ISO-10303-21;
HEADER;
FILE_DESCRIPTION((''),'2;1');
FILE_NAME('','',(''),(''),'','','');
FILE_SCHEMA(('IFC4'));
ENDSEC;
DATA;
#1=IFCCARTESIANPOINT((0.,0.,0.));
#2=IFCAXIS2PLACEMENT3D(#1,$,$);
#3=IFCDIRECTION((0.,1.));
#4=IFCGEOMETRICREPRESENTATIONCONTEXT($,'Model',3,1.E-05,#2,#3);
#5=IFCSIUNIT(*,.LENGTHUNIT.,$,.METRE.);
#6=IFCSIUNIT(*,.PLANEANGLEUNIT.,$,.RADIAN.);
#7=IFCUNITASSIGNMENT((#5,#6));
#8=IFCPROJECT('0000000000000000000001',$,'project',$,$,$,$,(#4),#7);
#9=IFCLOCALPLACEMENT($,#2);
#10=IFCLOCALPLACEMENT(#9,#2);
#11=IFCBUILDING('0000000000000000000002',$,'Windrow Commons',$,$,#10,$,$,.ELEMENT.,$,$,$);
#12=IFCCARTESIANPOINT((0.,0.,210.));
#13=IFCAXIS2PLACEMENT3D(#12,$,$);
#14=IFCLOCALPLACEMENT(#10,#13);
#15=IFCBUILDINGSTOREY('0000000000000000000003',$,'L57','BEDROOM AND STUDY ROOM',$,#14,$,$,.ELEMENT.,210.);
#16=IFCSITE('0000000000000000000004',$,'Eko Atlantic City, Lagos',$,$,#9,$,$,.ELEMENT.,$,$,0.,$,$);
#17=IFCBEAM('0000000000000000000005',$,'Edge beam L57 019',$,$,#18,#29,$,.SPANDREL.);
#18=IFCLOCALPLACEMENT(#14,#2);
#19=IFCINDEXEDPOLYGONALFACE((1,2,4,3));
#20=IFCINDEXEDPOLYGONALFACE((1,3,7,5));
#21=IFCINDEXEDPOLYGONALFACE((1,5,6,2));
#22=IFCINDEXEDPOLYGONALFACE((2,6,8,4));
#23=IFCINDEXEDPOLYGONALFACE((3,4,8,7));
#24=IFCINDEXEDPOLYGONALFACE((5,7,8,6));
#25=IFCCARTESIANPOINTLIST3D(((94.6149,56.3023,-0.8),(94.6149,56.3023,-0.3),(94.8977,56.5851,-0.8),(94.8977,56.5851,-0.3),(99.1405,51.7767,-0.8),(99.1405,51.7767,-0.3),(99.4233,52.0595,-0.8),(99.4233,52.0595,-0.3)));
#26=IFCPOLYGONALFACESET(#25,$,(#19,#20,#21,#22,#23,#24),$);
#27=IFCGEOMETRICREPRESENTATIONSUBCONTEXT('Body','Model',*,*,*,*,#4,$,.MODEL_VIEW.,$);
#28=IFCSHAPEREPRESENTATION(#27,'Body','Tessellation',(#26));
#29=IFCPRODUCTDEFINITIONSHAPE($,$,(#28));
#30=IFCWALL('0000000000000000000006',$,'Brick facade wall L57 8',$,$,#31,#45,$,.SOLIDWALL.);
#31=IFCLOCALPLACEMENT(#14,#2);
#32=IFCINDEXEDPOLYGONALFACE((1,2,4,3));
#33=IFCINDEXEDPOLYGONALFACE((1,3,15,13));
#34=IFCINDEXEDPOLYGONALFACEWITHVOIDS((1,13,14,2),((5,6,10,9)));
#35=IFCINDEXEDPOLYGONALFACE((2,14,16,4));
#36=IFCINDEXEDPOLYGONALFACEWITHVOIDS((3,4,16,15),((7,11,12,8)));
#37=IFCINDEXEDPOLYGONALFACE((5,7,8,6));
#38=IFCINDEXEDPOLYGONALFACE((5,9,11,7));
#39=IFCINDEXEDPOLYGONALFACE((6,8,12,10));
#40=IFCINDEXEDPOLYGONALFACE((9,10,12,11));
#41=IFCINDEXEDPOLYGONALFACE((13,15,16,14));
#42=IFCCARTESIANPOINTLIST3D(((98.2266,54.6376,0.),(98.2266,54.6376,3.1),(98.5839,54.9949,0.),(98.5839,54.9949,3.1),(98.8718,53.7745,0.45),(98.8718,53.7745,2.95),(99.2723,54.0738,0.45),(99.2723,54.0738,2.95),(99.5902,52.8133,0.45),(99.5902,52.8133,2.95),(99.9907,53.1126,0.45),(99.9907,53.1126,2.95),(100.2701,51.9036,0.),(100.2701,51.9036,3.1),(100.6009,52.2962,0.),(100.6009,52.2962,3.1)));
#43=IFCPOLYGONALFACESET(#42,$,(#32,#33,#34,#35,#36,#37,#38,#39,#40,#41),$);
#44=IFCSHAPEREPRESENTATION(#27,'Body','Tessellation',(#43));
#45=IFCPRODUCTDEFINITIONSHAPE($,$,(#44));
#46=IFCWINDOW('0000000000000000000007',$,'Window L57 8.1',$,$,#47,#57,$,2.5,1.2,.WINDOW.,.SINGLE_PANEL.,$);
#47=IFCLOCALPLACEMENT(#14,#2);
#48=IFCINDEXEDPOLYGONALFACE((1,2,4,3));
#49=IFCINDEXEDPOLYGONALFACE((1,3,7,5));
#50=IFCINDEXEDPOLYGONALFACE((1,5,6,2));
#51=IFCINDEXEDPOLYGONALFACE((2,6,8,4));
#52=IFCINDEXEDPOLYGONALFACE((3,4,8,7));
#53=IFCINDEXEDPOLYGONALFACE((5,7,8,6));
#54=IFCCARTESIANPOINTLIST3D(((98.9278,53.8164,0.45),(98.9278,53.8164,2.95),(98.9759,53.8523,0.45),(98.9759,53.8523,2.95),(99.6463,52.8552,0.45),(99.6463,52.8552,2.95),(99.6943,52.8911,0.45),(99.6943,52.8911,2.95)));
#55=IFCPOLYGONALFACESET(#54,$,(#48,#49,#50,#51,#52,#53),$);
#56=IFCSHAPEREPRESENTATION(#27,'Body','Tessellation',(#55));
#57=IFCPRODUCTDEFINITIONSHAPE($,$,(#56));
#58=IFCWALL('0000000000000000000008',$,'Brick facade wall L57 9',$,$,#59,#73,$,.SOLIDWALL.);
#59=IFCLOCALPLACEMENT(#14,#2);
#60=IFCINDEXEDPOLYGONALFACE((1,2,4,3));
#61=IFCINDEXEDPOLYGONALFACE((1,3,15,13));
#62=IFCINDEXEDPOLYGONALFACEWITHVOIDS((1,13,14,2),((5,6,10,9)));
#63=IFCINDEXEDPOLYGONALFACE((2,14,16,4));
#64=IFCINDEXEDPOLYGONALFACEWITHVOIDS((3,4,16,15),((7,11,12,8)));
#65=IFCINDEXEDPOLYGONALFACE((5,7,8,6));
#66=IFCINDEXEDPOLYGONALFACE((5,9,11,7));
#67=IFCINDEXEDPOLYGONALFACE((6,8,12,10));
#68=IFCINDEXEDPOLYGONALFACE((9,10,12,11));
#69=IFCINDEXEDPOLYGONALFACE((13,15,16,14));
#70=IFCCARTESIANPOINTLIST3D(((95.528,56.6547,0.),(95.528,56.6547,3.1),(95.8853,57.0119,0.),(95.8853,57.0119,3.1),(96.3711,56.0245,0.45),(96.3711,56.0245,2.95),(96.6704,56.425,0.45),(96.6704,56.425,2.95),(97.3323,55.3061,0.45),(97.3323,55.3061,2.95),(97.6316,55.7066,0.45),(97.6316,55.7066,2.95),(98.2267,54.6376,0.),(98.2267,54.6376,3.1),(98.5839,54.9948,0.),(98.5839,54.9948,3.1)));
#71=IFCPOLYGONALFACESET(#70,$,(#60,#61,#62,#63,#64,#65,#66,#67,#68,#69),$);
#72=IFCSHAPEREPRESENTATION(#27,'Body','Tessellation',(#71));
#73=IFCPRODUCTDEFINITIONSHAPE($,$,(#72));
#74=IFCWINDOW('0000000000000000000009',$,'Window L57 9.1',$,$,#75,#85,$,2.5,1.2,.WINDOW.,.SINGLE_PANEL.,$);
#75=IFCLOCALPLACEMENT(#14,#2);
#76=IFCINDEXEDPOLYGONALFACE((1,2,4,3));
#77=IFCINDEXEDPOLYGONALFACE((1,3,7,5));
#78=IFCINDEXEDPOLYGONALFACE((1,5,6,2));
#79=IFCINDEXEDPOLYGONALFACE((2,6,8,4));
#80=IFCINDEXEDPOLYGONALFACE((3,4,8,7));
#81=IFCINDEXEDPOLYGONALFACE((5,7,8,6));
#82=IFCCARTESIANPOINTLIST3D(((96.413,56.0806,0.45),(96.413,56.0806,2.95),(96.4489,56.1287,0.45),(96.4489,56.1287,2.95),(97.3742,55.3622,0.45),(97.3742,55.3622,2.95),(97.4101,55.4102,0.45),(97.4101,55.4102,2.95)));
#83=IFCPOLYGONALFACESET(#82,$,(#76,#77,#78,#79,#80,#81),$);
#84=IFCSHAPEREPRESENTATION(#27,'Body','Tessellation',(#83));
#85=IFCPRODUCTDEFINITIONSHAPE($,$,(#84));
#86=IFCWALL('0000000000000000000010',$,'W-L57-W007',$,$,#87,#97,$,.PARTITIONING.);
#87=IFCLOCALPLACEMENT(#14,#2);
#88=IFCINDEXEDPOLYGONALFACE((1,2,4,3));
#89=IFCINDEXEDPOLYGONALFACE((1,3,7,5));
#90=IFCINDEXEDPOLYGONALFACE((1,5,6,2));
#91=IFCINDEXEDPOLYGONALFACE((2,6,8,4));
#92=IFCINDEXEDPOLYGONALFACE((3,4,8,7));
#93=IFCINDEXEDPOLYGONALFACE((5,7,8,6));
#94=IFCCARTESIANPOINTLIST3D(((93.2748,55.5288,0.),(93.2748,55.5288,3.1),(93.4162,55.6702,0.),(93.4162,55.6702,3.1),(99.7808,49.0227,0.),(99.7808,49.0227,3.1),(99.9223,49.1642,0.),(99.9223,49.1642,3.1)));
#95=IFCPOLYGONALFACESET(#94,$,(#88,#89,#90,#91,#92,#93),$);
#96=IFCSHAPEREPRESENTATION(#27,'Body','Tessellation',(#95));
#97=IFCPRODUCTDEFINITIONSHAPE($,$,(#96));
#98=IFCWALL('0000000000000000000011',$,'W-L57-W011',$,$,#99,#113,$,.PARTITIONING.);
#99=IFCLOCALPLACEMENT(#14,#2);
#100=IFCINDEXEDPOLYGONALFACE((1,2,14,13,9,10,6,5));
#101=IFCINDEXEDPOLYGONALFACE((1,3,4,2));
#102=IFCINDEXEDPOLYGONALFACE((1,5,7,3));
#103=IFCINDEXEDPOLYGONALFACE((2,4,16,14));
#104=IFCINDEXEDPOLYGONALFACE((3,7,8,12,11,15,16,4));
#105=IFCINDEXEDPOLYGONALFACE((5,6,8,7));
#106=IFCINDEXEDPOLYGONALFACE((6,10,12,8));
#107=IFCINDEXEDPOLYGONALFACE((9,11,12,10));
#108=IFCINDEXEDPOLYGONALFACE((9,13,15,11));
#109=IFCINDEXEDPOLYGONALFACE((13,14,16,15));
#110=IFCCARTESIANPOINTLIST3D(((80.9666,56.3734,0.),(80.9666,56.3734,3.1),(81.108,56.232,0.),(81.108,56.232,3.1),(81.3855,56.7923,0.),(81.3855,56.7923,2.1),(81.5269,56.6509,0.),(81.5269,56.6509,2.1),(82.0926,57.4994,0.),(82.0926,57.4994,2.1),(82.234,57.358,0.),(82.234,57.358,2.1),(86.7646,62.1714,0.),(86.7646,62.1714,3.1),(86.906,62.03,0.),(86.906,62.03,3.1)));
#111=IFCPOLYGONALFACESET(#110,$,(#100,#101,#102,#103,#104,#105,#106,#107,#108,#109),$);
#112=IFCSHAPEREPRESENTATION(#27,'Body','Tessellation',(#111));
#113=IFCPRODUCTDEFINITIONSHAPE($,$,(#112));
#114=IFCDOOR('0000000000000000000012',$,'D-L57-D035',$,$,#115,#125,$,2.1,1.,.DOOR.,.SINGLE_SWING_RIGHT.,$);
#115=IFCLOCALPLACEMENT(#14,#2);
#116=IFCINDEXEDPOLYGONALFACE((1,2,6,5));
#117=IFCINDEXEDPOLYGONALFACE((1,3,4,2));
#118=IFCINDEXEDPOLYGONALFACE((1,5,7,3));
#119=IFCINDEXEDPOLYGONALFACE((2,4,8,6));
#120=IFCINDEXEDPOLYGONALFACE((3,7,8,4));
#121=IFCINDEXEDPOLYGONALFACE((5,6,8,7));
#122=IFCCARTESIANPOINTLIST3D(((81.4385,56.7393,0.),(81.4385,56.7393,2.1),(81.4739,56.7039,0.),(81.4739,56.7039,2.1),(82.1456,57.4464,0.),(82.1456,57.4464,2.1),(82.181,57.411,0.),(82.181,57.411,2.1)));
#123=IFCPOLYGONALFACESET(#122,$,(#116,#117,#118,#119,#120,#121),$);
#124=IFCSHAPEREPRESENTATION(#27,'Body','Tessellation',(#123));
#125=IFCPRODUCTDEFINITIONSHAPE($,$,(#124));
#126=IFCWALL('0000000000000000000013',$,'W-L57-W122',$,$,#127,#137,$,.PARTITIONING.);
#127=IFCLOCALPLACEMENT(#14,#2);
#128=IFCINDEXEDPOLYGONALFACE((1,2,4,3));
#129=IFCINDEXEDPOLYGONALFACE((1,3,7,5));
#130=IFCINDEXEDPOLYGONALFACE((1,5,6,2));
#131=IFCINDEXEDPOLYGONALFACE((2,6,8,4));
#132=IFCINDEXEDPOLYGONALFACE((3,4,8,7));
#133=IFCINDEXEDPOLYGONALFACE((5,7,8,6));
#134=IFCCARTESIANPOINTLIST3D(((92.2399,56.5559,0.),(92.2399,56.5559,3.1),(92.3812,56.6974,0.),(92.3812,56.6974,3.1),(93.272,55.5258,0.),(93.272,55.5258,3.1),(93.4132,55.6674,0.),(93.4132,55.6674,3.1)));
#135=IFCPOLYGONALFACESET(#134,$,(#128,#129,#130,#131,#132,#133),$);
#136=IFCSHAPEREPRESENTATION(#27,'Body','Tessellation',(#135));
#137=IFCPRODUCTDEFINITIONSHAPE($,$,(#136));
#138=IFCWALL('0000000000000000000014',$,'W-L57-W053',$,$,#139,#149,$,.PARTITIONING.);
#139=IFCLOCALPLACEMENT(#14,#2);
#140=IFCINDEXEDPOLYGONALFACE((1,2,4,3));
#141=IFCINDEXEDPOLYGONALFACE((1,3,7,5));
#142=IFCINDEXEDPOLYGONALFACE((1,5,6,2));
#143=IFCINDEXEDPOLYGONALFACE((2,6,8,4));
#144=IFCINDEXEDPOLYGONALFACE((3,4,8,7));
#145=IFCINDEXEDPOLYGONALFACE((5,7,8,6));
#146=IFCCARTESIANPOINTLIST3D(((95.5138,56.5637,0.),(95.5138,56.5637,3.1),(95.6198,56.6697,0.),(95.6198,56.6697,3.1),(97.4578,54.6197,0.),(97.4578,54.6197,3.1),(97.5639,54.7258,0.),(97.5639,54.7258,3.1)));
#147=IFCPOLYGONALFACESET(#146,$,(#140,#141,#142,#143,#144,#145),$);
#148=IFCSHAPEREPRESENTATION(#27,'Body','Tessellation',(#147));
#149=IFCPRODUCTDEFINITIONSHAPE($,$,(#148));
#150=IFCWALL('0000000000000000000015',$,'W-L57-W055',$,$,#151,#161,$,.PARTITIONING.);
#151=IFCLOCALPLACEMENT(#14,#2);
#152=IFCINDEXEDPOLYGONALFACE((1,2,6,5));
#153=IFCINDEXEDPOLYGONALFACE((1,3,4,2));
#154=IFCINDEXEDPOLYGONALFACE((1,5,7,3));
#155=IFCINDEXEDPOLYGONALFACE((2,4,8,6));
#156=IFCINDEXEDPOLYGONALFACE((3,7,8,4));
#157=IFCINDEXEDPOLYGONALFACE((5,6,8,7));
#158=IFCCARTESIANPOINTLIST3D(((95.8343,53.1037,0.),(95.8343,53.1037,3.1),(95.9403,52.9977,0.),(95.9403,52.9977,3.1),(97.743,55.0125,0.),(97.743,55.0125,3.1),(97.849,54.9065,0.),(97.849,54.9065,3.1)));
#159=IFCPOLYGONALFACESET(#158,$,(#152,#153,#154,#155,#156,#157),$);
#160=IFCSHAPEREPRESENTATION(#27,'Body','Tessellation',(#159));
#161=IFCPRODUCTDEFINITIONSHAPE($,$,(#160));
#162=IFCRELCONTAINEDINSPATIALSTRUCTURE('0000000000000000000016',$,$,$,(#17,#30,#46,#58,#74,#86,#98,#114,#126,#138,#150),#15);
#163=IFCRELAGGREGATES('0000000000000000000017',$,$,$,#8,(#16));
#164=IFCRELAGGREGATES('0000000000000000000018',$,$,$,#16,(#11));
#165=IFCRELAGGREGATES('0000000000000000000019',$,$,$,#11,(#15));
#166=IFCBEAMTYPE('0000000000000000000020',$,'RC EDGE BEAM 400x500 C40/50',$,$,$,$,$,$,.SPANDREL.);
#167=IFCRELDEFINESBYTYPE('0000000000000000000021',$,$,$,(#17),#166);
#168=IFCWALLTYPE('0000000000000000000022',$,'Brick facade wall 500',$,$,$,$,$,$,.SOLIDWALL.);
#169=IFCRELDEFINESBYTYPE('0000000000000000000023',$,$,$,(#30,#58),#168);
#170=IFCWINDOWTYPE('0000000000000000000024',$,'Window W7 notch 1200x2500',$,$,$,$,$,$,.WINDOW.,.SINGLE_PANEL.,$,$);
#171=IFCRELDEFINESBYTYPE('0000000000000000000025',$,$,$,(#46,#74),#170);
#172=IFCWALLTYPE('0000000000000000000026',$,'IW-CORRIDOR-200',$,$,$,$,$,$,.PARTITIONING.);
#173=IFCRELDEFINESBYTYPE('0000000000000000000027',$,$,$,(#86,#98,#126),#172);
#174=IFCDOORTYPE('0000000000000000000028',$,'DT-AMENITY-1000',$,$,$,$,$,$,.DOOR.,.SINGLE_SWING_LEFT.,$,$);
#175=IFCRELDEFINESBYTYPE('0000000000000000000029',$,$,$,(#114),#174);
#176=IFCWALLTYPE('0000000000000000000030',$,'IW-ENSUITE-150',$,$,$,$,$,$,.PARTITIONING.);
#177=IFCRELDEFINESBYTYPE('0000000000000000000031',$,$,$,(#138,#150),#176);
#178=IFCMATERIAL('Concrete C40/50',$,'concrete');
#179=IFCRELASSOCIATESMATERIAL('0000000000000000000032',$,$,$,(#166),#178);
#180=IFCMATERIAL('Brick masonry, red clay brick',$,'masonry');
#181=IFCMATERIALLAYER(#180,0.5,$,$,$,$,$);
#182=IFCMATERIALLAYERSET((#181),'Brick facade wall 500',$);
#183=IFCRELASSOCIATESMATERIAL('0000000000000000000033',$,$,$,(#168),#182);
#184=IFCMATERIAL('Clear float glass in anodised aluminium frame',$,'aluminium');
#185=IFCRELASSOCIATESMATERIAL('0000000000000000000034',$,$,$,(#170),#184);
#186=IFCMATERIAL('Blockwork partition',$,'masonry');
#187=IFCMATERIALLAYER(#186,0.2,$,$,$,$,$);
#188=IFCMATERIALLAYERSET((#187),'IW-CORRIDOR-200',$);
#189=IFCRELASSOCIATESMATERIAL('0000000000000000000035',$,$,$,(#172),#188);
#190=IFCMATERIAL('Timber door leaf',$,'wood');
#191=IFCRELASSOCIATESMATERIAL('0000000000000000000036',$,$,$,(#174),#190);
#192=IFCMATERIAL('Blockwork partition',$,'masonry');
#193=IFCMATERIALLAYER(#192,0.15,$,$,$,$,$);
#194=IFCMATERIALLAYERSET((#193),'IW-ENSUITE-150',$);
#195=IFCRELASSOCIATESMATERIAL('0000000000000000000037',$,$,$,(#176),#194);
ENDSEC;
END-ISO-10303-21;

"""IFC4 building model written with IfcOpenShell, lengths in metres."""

from ifc_helpers import new_model, si_unit, direction, frame, frame_2d, origin, origin_2d, place, context, subcontext, project, spatial, polyline, rectangle, outline, extrude, material, layer, layer_set, material_profile, profile_set, type_object, element, fill, save


model = new_model("IFC4")

# Units and contexts
model_context = context("Model", 3, precision=1e-05, world=origin(), true_north=direction((0.0, 1.0)))
body_context = subcontext(model_context, "Body", "Model", "MODEL_VIEW")
ifc_project = project(units=[si_unit("LENGTHUNIT", "METRE"), si_unit("PLANEANGLEUNIT", "RADIAN")], contexts=[model_context])

# Site, building, storey
site_placement = place(None, origin())
site = spatial("IfcSite", under=ifc_project, at=site_placement, Name="Eko Atlantic City, Lagos", CompositionType="ELEMENT", RefElevation=0.0)
building_placement = place(site_placement, origin())
building = spatial("IfcBuilding", under=site, at=building_placement, Name="Windrow Commons", CompositionType="ELEMENT")
storey_placement = place(building_placement, frame((0.0, 0.0, 210.0)))
storey = spatial("IfcBuildingStorey", under=building, at=storey_placement, Name="L57", Description="BEDROOM AND STUDY ROOM", CompositionType="ELEMENT", Elevation=210.0)

# Beam
ifc_material_1 = material(Name="Concrete C40/50", Category="concrete")
ifc_material_profile = material_profile(ifc_material_1, rectangle(XDim=0.4, YDim=0.5, at=origin_2d()))
ifc_profile_set = profile_set([ifc_material_profile], Name="Concrete C40/50")
beam_type = type_object("IfcBeamType", Name="RC EDGE BEAM 400x500 C40/50", PredefinedType="SPANDREL", material=ifc_profile_set)
beam_placement = place(storey_placement, frame((94.7563, 56.4437, -0.55), z_axis=(0.707107, -0.707107, 0.0), x_axis=(0.707107, 0.707107, 0.0)))
element("IfcBeam", 1, at=beam_placement, inside=storey, type_object=beam_type, Name="Edge beam L57 019", PredefinedType="SPANDREL", context=body_context, shape_type="SweptSolid", body=[
    extrude(rectangle(XDim=0.4, YDim=0.5, at=origin_2d()), origin(), (0.0, 0.0, 1.0), 6.4002),
])

# Walls, openings, windows
ifc_material_2 = material(Name="Brick masonry, red clay brick", Category="masonry")
ifc_layer_1 = layer(ifc_material_2, 0.5)
ifc_layer_set_1 = layer_set([ifc_layer_1], Name="Brick facade wall 500")
wall_type_1 = type_object("IfcWallType", Name="Brick facade wall 500", PredefinedType="SOLIDWALL", material=ifc_layer_set_1)
wall_1_placement = place(storey_placement, frame((100.4355, 52.0999, 0.0), z_axis=(0.0, 0.0, 1.0), x_axis=(-0.598673, 0.800993, 0.0)))
wall_1 = element("IfcWall", 2, at=wall_1_placement, inside=storey, type_object=wall_type_1, Name="Brick facade wall L57 8", PredefinedType="SOLIDWALL", context=body_context, shape_type="SweptSolid", body=[
    extrude(outline(polyline([(0.0582, -0.25), (3.4274, -0.25), (3.3551, 0.25), (-0.0582, 0.25), (0.0582, -0.25)])), origin(), (0.0, 0.0, 1.0), 3.1),
])
opening_1_placement = place(wall_1_placement, frame((1.0775, 0.0, 0.45)))
opening_1 = element("IfcOpeningElement", 3, at=opening_1_placement, cuts=wall_1, PredefinedType="OPENING", context=body_context, shape_type="SweptSolid", body=[
    extrude(rectangle(XDim=1.2, YDim=2.5, at=frame_2d((0.6, 1.25))), frame((0.0, 0.26, 0.0), z_axis=(0.0, -1.0, 0.0), x_axis=(1.0, 0.0, 0.0)), (0.0, 0.0, 1.0), 0.52),
])
ifc_material_3 = material(Name="Clear float glass in anodised aluminium frame", Category="aluminium")
window_type = type_object("IfcWindowType", Name="Window W7 notch 1200x2500", PartitioningType="SINGLE_PANEL", PredefinedType="WINDOW", material=ifc_material_3)
window_1_placement = place(opening_1_placement, origin())
window_1 = element("IfcWindow", 4, at=window_1_placement, inside=storey, type_object=window_type, Name="Window L57 8.1", OverallHeight=2.5, OverallWidth=1.2, PartitioningType="SINGLE_PANEL", PredefinedType="WINDOW", context=body_context, shape_type="SweptSolid", body=[
    extrude(rectangle(XDim=1.2, YDim=2.5, at=frame_2d((0.6, 1.25))), frame((0.0, 0.18, 0.0), z_axis=(0.0, -1.0, 0.0), x_axis=(1.0, 0.0, 0.0)), (0.0, 0.0, 1.0), 0.06),
])
fill(opening_1, window_1)
wall_2_placement = place(storey_placement, frame((98.4053, 54.8162, 0.0), z_axis=(0.0, 0.0, 1.0), x_axis=(-0.800985, 0.598684, 0.0)))
wall_2 = element("IfcWall", 5, at=wall_2_placement, inside=storey, type_object=wall_type_1, Name="Brick facade wall L57 9", PredefinedType="SOLIDWALL", context=body_context, shape_type="SweptSolid", body=[
    extrude(outline(polyline([(-0.0361, -0.25), (3.333, -0.25), (3.4053, 0.25), (0.0361, 0.25), (-0.0361, -0.25)])), origin(), (0.0, 0.0, 1.0), 3.1),
])
opening_2_placement = place(wall_2_placement, frame((1.1528, 0.0, 0.45)))
opening_2 = element("IfcOpeningElement", 6, at=opening_2_placement, cuts=wall_2, PredefinedType="OPENING", context=body_context, shape_type="SweptSolid", body=[
    extrude(rectangle(XDim=1.2, YDim=2.5, at=frame_2d((0.6, 1.25))), frame((0.0, 0.26, 0.0), z_axis=(0.0, -1.0, 0.0), x_axis=(1.0, 0.0, 0.0)), (0.0, 0.0, 1.0), 0.52),
])
window_2_placement = place(opening_2_placement, origin())
window_2 = element("IfcWindow", 7, at=window_2_placement, inside=storey, type_object=window_type, Name="Window L57 9.1", OverallHeight=2.5, OverallWidth=1.2, PartitioningType="SINGLE_PANEL", PredefinedType="WINDOW", context=body_context, shape_type="SweptSolid", body=[
    extrude(rectangle(XDim=1.2, YDim=2.5, at=frame_2d((0.6, 1.25))), frame((0.0, 0.18, 0.0), z_axis=(0.0, -1.0, 0.0), x_axis=(1.0, 0.0, 0.0)), (0.0, 0.0, 1.0), 0.06),
])
fill(opening_2, window_2)

# Wall
ifc_material_4 = material(Name="Blockwork partition", Category="masonry")
ifc_layer_2 = layer(ifc_material_4, 0.2)
ifc_layer_set_2 = layer_set([ifc_layer_2], Name="IW-CORRIDOR-200")
wall_type_2 = type_object("IfcWallType", Name="IW-CORRIDOR-200", PredefinedType="PARTITIONING", material=ifc_layer_set_2)
wall_3_placement = place(storey_placement, frame((93.3455, 55.5995, 0.0), z_axis=(0.0, 0.0, 1.0), x_axis=(0.707107, -0.707107, 0.0)))
element("IfcWall", 8, at=wall_3_placement, inside=storey, type_object=wall_type_2, Name="W-L57-W007", PredefinedType="PARTITIONING", context=body_context, shape_type="SweptSolid", body=[
    extrude(rectangle(XDim=9.2009, YDim=0.2, at=frame_2d((4.6005, 0.0))), origin(), (0.0, 0.0, 1.0), 3.1),
])

# Wall, opening, door
wall_4_placement = place(storey_placement, frame((81.0373, 56.3027, 0.0), z_axis=(0.0, 0.0, 1.0), x_axis=(0.707107, 0.707107, 0.0)))
wall_4 = element("IfcWall", 9, at=wall_4_placement, inside=storey, type_object=wall_type_2, Name="W-L57-W011", PredefinedType="PARTITIONING", context=body_context, shape_type="SweptSolid", body=[
    extrude(rectangle(XDim=8.1996, YDim=0.2, at=frame_2d((4.0998, 0.0))), origin(), (0.0, 0.0, 1.0), 3.1),
])
opening_3_placement = place(wall_4_placement, frame((0.5924, 0.0, 0.0)))
opening_3 = element("IfcOpeningElement", 10, at=opening_3_placement, cuts=wall_4, PredefinedType="OPENING", context=body_context, shape_type="SweptSolid", body=[
    extrude(rectangle(XDim=1.0, YDim=2.1, at=frame_2d((0.5, 1.05))), frame((0.0, 0.11, 0.0), z_axis=(0.0, -1.0, 0.0), x_axis=(1.0, 0.0, 0.0)), (0.0, 0.0, 1.0), 0.22),
])
ifc_material_5 = material(Name="Timber door leaf", Category="wood")
door_type_1 = type_object("IfcDoorType", Name="DT-AMENITY-1000", OperationType="SINGLE_SWING_LEFT", PredefinedType="DOOR", material=ifc_material_5)
door_1_placement = place(opening_3_placement, origin())
door_1 = element("IfcDoor", 11, at=door_1_placement, inside=storey, type_object=door_type_1, Name="D-L57-D035", OperationType="SINGLE_SWING_RIGHT", OverallHeight=2.1, OverallWidth=1.0, PredefinedType="DOOR", context=body_context, shape_type="SweptSolid", body=[
    extrude(rectangle(XDim=1.0, YDim=2.1, at=frame_2d((0.5, 1.05))), frame((0.0, 0.025, 0.0), z_axis=(0.0, -1.0, 0.0), x_axis=(1.0, 0.0, 0.0)), (0.0, 0.0, 1.0), 0.05),
])
fill(opening_3, door_1)

# Walls
wall_5_placement = place(storey_placement, frame((92.3106, 56.6266, 0.0), z_axis=(0.0, 0.0, 1.0), x_axis=(0.707792, -0.706421, 0.0)))
element("IfcWall", 12, at=wall_5_placement, inside=storey, type_object=wall_type_2, Name="W-L57-W122", PredefinedType="PARTITIONING", context=body_context, shape_type="SweptSolid", body=[
    extrude(rectangle(XDim=1.4581, YDim=0.2, at=frame_2d((0.729, 0.0))), origin(), (0.0, 0.0, 1.0), 3.1),
])
ifc_material_6 = material(Name="Blockwork partition", Category="masonry")
ifc_layer_3 = layer(ifc_material_6, 0.15)
ifc_layer_set_3 = layer_set([ifc_layer_3], Name="IW-ENSUITE-150")
wall_type_3 = type_object("IfcWallType", Name="IW-ENSUITE-150", PredefinedType="PARTITIONING", material=ifc_layer_set_3)
wall_6_placement = place(storey_placement, frame((95.5668, 56.6167, 0.0), z_axis=(0.0, 0.0, 1.0), x_axis=(0.707125, -0.707089, 0.0)))
element("IfcWall", 13, at=wall_6_placement, inside=storey, type_object=wall_type_3, Name="W-L57-W053", PredefinedType="PARTITIONING", context=body_context, shape_type="SweptSolid", body=[
    extrude(rectangle(XDim=2.7492, YDim=0.15, at=frame_2d((1.3746, 0.0))), origin(), (0.0, 0.0, 1.0), 3.1),
])
wall_7_placement = place(storey_placement, frame((95.8873, 53.0507, 0.0), z_axis=(0.0, 0.0, 1.0), x_axis=(0.707088, 0.707125, 0.0)))
element("IfcWall", 14, at=wall_7_placement, inside=storey, type_object=wall_type_3, Name="W-L57-W055", PredefinedType="PARTITIONING", context=body_context, shape_type="SweptSolid", body=[
    extrude(rectangle(XDim=2.6994, YDim=0.15, at=frame_2d((1.3497, 0.0))), origin(), (0.0, 0.0, 1.0), 3.1),
])

save(model, "model.ifc")
